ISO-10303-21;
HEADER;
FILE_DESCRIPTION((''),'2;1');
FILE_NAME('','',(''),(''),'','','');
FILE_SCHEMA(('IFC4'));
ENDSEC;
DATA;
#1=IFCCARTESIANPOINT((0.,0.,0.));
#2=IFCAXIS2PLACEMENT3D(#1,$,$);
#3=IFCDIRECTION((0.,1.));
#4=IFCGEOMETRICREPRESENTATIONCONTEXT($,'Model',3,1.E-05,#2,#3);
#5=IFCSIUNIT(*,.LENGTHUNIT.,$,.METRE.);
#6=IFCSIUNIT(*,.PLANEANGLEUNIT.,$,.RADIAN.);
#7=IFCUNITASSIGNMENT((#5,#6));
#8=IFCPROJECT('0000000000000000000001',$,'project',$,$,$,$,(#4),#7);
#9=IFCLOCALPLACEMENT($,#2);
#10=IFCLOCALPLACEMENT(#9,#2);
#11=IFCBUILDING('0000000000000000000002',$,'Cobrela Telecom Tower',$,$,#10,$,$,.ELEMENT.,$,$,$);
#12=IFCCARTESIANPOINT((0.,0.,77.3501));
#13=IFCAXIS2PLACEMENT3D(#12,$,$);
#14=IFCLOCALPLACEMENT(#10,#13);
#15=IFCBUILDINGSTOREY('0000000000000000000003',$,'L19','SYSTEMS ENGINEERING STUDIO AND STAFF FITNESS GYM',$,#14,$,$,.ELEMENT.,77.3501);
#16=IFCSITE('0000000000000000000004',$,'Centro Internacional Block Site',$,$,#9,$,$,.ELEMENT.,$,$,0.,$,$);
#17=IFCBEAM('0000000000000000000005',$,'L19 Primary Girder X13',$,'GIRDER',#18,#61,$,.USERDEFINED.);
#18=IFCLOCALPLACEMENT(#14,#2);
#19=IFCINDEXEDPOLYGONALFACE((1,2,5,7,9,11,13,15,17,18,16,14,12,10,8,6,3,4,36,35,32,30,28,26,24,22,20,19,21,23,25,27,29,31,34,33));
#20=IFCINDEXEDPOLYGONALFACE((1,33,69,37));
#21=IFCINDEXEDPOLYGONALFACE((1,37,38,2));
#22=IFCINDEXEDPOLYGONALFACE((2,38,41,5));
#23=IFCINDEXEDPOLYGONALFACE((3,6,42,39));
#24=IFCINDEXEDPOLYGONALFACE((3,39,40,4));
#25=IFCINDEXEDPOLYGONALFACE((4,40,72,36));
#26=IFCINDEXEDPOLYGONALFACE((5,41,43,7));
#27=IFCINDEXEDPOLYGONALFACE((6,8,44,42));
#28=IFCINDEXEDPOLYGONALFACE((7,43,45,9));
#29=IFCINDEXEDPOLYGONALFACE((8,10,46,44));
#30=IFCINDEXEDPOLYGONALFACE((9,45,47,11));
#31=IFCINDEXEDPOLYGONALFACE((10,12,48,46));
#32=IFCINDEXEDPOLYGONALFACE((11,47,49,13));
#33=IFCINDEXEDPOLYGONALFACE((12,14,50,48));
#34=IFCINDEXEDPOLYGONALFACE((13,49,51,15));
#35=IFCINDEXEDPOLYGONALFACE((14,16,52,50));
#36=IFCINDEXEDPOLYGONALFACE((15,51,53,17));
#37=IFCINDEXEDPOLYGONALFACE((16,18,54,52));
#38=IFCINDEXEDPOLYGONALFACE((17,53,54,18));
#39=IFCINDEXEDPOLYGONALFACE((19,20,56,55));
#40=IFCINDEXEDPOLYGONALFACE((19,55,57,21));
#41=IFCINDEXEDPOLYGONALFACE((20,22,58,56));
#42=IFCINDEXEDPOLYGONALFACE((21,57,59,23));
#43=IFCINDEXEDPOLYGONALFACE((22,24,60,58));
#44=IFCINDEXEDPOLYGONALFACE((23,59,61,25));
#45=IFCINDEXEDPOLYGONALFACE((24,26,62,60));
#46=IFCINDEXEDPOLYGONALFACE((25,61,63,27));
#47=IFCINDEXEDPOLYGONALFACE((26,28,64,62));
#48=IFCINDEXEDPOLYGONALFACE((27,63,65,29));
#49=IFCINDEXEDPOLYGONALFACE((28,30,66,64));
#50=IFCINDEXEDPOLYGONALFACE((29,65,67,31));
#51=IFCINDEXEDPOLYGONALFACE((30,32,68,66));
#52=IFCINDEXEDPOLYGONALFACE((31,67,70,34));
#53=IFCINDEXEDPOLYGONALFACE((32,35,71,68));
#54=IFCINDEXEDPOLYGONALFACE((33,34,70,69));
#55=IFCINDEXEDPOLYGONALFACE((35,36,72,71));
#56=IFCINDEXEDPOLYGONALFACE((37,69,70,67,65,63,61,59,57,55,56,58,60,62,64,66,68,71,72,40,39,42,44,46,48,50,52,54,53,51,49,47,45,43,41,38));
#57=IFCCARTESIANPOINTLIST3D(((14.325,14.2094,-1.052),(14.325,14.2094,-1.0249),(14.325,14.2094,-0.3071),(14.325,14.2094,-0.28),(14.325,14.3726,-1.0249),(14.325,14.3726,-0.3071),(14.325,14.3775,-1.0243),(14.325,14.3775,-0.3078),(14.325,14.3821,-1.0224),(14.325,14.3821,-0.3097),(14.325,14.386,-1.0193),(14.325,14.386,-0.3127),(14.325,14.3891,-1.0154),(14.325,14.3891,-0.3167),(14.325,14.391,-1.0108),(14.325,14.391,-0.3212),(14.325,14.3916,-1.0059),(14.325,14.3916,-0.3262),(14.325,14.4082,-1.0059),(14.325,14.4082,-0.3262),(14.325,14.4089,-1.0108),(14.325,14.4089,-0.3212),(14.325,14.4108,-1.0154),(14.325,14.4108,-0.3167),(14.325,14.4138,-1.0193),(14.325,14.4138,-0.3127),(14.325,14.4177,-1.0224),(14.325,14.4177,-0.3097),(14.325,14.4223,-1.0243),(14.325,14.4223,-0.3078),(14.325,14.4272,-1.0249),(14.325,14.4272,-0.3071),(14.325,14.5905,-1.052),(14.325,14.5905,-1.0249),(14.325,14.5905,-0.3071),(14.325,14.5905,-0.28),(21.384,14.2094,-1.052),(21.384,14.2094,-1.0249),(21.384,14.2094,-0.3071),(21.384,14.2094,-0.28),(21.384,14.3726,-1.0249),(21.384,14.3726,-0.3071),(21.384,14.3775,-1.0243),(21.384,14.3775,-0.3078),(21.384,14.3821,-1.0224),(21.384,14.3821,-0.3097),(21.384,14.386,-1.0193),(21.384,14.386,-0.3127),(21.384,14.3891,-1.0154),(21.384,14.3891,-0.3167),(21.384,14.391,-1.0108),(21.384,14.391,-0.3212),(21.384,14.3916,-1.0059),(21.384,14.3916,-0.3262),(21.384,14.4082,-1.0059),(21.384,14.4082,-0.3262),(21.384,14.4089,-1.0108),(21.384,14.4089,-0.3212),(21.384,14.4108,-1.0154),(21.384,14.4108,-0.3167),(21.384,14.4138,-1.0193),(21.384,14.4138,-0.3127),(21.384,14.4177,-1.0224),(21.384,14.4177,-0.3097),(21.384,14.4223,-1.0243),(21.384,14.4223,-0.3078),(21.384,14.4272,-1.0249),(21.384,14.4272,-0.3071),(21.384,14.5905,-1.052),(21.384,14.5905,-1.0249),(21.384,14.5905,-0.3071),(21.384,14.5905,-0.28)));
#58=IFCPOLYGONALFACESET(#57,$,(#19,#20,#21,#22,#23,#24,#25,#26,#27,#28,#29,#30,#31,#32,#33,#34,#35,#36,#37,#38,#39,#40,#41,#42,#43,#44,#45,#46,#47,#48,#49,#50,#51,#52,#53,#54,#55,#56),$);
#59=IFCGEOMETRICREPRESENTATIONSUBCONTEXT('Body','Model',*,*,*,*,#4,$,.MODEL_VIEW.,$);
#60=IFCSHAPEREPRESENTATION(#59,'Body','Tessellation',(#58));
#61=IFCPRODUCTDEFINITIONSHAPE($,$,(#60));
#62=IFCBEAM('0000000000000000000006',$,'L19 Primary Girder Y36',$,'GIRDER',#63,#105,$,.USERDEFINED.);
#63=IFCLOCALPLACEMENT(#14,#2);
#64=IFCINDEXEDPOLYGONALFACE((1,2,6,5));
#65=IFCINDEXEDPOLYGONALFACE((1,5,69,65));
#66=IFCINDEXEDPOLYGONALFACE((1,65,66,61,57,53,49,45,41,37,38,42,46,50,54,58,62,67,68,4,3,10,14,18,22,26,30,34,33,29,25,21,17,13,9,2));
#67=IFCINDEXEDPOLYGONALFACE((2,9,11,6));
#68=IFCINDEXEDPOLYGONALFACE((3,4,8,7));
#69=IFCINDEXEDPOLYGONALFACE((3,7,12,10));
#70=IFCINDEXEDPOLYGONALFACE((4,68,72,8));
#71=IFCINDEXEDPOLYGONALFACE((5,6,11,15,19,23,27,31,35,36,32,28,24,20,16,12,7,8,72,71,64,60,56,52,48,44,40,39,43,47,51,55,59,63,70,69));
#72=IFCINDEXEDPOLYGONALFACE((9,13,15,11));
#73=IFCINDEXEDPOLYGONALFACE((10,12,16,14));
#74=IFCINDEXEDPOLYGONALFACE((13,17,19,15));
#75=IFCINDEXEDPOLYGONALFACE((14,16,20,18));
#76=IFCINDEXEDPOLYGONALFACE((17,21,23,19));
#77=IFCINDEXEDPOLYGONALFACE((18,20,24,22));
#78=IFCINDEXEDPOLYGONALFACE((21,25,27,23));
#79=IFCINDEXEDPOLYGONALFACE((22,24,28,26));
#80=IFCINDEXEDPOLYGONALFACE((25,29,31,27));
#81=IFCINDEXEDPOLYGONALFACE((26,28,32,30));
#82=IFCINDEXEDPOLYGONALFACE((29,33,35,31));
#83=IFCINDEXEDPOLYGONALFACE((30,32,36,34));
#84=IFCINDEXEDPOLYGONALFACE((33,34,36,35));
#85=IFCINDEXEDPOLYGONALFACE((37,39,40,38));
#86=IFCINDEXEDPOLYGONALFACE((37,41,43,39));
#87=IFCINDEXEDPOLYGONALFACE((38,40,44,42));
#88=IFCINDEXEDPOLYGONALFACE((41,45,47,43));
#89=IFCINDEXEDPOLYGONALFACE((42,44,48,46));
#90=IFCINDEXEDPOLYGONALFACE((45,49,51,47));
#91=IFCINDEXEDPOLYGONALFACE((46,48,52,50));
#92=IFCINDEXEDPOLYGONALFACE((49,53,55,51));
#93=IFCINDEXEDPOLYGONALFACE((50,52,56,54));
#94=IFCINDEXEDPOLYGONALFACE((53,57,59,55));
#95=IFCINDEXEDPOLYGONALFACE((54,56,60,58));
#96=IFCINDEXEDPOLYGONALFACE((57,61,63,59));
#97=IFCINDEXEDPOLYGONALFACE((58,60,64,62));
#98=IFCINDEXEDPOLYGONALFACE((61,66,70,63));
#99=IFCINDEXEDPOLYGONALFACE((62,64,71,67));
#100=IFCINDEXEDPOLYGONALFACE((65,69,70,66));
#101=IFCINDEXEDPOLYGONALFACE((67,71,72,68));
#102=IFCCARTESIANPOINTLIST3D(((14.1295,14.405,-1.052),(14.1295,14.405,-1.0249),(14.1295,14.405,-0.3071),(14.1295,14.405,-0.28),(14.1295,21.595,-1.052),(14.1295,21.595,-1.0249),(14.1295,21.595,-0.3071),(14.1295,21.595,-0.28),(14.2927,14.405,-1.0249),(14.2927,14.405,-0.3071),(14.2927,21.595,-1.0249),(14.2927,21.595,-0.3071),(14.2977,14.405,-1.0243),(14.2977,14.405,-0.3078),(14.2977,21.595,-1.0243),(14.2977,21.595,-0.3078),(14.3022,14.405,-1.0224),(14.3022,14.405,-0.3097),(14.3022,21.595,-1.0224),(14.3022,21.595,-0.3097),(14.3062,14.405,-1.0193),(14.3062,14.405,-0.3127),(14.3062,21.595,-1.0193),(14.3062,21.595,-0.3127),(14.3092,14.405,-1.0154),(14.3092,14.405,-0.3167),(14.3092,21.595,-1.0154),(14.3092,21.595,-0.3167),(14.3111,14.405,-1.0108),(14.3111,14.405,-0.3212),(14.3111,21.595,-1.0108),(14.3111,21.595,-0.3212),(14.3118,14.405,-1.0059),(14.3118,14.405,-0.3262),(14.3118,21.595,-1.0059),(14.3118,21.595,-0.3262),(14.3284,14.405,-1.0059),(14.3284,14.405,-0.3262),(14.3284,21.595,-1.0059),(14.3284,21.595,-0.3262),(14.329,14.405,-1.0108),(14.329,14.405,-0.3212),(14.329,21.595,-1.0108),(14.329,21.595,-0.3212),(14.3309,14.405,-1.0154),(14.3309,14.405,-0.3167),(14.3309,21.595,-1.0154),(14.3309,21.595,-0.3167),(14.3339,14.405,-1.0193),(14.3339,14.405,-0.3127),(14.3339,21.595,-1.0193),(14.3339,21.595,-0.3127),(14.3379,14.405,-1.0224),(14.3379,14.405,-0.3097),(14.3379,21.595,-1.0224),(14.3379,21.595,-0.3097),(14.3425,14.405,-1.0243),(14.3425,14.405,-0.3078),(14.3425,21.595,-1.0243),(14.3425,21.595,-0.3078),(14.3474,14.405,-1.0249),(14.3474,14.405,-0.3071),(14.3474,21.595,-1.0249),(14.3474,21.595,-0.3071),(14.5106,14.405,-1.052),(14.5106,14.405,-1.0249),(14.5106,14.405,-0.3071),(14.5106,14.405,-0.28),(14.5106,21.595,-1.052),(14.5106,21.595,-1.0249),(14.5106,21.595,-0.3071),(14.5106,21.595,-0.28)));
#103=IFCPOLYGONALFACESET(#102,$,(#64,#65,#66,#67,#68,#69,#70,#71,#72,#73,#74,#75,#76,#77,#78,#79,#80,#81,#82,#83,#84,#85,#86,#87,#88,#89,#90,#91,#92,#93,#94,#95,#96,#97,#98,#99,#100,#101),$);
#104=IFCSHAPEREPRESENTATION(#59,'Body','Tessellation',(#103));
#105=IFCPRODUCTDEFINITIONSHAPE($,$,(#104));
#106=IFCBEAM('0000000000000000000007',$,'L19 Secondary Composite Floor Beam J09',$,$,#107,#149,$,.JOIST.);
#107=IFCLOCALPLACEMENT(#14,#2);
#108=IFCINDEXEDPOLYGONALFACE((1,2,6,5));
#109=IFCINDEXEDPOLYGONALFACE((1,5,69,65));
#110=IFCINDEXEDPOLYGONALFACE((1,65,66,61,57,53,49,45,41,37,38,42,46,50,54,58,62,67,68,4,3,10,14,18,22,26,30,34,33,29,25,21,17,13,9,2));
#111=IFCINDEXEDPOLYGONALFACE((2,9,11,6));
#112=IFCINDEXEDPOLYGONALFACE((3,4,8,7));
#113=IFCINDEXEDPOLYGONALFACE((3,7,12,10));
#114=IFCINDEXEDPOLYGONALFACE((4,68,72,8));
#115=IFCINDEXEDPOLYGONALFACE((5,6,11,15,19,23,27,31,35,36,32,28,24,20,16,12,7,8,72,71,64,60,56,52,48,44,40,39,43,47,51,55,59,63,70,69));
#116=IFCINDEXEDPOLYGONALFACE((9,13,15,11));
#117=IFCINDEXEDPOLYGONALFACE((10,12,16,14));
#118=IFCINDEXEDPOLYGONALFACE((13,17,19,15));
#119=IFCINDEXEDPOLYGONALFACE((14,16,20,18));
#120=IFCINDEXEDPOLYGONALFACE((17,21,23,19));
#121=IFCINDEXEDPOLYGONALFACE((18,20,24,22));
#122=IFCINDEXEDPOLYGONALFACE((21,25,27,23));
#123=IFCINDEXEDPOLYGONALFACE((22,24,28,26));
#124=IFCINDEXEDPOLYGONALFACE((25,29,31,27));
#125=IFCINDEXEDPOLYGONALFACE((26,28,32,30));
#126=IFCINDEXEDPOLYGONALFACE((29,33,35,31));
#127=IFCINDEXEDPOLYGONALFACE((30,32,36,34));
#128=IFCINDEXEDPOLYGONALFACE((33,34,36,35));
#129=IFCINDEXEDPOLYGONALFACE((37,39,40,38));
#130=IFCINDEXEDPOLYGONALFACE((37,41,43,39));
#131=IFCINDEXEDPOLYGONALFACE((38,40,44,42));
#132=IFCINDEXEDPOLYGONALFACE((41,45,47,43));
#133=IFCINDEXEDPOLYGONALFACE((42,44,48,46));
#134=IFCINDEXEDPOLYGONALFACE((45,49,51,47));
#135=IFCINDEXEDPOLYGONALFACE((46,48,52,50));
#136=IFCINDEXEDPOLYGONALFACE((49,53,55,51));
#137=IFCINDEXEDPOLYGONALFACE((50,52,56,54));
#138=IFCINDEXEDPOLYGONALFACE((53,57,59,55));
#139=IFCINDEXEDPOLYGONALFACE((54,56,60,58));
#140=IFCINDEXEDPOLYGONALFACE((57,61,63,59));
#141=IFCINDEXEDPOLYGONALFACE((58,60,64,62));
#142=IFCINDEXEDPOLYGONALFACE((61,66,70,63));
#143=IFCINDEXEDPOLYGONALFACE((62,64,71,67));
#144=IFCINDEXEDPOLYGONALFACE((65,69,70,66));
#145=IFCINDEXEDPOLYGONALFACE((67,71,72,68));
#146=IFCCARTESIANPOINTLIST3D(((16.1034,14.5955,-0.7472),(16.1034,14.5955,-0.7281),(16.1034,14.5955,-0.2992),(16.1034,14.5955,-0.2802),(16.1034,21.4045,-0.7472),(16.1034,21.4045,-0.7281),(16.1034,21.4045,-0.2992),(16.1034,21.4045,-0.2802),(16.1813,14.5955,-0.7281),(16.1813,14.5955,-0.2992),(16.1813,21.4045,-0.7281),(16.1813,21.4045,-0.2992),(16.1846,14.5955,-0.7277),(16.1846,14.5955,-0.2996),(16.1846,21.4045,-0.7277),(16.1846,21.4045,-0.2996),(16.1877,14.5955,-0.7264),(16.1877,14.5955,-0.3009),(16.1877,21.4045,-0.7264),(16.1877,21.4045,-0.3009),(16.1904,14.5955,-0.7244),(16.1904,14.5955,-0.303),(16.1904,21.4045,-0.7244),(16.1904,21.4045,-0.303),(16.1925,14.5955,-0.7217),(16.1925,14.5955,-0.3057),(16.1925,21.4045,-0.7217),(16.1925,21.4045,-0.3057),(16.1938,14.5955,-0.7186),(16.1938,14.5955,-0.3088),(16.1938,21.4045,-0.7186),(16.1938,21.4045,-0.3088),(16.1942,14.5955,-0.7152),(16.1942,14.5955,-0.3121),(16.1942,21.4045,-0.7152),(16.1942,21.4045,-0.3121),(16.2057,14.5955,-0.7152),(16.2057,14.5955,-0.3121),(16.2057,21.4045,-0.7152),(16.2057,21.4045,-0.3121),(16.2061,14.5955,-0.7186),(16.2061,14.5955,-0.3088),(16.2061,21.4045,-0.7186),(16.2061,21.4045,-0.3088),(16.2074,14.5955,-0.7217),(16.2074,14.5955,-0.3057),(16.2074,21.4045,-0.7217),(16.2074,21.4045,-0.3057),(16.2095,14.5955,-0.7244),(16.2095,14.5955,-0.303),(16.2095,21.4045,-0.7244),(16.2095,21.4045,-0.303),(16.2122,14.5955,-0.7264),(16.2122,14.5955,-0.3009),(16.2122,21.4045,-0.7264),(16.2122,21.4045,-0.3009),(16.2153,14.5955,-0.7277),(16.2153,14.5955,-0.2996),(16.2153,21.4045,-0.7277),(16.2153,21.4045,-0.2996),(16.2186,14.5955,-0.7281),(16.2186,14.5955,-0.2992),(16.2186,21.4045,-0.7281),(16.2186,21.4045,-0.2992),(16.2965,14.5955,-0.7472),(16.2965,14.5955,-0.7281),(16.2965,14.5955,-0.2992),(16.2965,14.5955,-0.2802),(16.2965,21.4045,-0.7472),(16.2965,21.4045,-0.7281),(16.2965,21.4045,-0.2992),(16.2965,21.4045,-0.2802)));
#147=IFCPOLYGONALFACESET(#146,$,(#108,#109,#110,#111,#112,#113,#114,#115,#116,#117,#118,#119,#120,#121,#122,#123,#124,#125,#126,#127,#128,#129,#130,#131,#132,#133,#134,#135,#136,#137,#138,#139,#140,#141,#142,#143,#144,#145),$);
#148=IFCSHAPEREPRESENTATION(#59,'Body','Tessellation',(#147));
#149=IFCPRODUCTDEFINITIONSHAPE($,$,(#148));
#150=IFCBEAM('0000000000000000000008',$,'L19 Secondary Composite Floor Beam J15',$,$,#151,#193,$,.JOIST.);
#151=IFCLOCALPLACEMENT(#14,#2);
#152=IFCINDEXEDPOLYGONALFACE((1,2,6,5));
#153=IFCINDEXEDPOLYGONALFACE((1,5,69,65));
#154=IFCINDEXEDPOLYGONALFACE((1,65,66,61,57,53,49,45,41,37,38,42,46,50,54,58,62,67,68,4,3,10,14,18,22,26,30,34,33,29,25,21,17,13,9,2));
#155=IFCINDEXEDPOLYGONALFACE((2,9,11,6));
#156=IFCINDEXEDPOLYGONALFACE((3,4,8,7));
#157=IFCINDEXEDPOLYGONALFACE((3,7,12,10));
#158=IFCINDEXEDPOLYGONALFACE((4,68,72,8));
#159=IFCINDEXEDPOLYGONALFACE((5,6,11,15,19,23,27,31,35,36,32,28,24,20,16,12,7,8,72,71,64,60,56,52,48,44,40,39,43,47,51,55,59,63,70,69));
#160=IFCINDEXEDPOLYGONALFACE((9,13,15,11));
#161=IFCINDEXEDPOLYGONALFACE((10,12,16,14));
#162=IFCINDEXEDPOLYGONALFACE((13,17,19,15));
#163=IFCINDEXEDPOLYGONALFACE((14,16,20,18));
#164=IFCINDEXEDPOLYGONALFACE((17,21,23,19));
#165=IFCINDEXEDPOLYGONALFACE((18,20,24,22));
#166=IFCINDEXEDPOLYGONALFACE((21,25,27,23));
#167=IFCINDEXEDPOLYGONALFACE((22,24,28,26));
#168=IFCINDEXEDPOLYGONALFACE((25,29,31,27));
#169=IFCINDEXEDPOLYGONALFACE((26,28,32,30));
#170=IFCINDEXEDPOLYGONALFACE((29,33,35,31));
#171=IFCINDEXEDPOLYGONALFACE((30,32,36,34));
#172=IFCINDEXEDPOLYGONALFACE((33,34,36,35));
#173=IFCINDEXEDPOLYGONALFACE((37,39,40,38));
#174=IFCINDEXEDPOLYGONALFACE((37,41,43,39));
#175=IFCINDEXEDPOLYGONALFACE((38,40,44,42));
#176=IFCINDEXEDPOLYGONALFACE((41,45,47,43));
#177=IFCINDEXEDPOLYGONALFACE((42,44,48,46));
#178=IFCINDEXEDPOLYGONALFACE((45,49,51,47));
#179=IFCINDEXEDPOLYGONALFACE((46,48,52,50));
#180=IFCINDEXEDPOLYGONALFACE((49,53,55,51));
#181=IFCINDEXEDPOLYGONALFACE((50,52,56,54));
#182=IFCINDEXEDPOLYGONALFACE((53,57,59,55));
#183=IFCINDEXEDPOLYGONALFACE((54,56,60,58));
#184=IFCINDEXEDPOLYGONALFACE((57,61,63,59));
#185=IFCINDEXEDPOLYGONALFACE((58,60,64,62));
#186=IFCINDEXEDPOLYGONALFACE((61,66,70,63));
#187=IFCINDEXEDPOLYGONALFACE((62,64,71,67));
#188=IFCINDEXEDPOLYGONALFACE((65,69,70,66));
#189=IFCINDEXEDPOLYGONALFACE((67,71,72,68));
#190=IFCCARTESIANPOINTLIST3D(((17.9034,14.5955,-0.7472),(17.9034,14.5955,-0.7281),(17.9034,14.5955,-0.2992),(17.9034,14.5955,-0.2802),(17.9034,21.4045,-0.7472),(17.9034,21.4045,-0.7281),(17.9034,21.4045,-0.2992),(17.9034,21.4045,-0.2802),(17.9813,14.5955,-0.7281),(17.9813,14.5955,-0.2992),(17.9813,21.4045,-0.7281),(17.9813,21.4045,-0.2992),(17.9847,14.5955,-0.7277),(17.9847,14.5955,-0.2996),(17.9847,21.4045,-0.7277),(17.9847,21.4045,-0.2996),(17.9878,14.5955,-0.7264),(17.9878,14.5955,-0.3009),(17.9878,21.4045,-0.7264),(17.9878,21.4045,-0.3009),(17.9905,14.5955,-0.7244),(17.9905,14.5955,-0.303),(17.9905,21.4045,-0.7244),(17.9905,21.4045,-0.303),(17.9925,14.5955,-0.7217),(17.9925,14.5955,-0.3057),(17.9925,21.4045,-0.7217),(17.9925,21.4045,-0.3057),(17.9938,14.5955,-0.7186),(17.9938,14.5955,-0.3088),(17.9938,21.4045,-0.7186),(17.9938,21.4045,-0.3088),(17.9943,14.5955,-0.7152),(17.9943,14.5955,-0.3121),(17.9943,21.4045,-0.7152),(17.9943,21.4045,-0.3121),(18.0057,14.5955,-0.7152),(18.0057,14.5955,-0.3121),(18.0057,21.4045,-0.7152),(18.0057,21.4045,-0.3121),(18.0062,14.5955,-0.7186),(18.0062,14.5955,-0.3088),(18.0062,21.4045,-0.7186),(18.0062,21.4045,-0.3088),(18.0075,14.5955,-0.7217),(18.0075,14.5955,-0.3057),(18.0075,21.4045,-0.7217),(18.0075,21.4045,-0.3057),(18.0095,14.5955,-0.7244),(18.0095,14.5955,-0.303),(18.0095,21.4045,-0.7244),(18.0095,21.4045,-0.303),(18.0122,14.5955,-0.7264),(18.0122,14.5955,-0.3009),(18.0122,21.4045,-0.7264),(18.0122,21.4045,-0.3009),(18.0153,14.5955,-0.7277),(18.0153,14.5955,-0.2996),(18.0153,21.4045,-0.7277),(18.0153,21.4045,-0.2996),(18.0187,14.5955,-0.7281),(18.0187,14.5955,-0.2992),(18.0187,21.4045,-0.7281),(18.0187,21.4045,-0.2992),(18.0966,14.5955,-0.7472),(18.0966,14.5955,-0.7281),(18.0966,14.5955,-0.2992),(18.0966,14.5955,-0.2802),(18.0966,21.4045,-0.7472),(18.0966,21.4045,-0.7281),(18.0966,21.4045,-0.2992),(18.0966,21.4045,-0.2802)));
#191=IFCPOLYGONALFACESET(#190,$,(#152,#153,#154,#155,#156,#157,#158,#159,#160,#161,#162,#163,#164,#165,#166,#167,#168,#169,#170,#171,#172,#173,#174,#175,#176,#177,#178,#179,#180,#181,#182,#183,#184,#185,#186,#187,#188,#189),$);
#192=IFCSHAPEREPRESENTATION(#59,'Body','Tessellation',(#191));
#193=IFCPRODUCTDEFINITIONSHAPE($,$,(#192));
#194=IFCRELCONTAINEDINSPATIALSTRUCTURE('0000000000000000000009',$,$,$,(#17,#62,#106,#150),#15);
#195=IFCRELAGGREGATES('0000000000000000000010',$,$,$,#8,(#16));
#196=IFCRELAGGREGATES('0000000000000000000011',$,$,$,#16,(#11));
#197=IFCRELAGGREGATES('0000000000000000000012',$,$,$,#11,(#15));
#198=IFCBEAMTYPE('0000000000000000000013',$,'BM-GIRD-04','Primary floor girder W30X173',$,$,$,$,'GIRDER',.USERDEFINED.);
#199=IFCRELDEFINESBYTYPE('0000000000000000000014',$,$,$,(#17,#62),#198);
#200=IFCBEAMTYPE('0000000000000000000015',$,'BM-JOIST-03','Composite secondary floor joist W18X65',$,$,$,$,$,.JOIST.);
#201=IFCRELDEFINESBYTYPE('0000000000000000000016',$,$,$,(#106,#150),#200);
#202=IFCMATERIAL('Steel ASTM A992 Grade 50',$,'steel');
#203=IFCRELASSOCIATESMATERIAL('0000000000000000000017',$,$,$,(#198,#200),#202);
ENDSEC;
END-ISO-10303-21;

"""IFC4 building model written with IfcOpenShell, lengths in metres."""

from ifc_helpers import new_model, si_unit, direction, frame, origin, origin_2d, place, context, subcontext, project, spatial, i_section, extrude, material, material_profile, profile_set, type_object, element, save


model = new_model("IFC4")

# Units and contexts
model_context = context("Model", 3, precision=1e-05, world=origin(), true_north=direction((0.0, 1.0)))
body_context = subcontext(model_context, "Body", "Model", "MODEL_VIEW")
ifc_project = project(units=[si_unit("LENGTHUNIT", "METRE"), si_unit("PLANEANGLEUNIT", "RADIAN")], contexts=[model_context])

# Site, building, storey
site_placement = place(None, origin())
site = spatial("IfcSite", under=ifc_project, at=site_placement, Name="Centro Internacional Block Site", CompositionType="ELEMENT", RefElevation=0.0)
building_placement = place(site_placement, origin())
building = spatial("IfcBuilding", under=site, at=building_placement, Name="Cobrela Telecom Tower", CompositionType="ELEMENT")
storey_placement = place(building_placement, frame((0.0, 0.0, 77.3501)))
storey = spatial("IfcBuildingStorey", under=building, at=storey_placement, Name="L19", Description="SYSTEMS ENGINEERING STUDIO AND STAFF FITNESS GYM", CompositionType="ELEMENT", Elevation=77.3501)

# Beams
ifc_material_1 = material(Name="Steel ASTM A992 Grade 50", Category="steel")
ifc_material_profile_1 = material_profile(ifc_material_1, i_section(OverallWidth=0.3811, OverallDepth=0.772, WebThickness=0.0166, FlangeThickness=0.0271, FilletRadius=0.019, at=origin_2d()), Name="W30X173")
ifc_profile_set_1 = profile_set([ifc_material_profile_1], Name="Steel ASTM A992 Grade 50")
beam_type_1 = type_object("IfcBeamType", Name="BM-GIRD-04", Description="Primary floor girder W30X173", ElementType="GIRDER", PredefinedType="USERDEFINED", material=ifc_profile_set_1)
beam_1_placement = place(storey_placement, frame((14.325, 14.3999, -0.666), z_axis=(1.0, 0.0, 0.0), x_axis=(0.0, 1.0, 0.0)))
element("IfcBeam", 1, at=beam_1_placement, inside=storey, type_object=beam_type_1, Name="L19 Primary Girder X13", ObjectType="GIRDER", PredefinedType="USERDEFINED", context=body_context, shape_type="SweptSolid", body=[
    extrude(i_section(OverallWidth=0.3811, OverallDepth=0.772, WebThickness=0.0166, FlangeThickness=0.0271, FilletRadius=0.019, at=origin_2d()), origin(), (0.0, 0.0, 1.0), 7.0591),
])
beam_2_placement = place(storey_placement, frame((14.3201, 14.405, -0.666), z_axis=(0.0, 1.0, 0.0), x_axis=(-1.0, 0.0, 0.0)))
element("IfcBeam", 2, at=beam_2_placement, inside=storey, type_object=beam_type_1, Name="L19 Primary Girder Y36", ObjectType="GIRDER", PredefinedType="USERDEFINED", context=body_context, shape_type="SweptSolid", body=[
    extrude(i_section(OverallWidth=0.3811, OverallDepth=0.772, WebThickness=0.0166, FlangeThickness=0.0271, FilletRadius=0.019, at=origin_2d()), origin(), (0.0, 0.0, 1.0), 7.1899),
])
ifc_material_profile_2 = material_profile(ifc_material_1, i_section(OverallWidth=0.1931, OverallDepth=0.467, WebThickness=0.0115, FlangeThickness=0.019, FilletRadius=0.0129, at=origin_2d()), Name="W18X65")
ifc_profile_set_2 = profile_set([ifc_material_profile_2], Name="Steel ASTM A992 Grade 50")
beam_type_2 = type_object("IfcBeamType", Name="BM-JOIST-03", Description="Composite secondary floor joist W18X65", PredefinedType="JOIST", material=ifc_profile_set_2)
for number, where, z_axis, x_axis, name in (
    (3, (16.2, 14.5955, -0.5137), (0.0, 1.0, 0.0), (-1.0, 0.0, 0.0), "L19 Secondary Composite Floor Beam J09"),
    (4, (18.0, 14.5955, -0.5137), (0.0, 1.0, 0.0), (-1.0, 0.0, 0.0), "L19 Secondary Composite Floor Beam J15"),
):
    element("IfcBeam", number, at=place(storey_placement, frame(where, z_axis=z_axis, x_axis=x_axis)), inside=storey, type_object=beam_type_2, Name=name, PredefinedType="JOIST", context=body_context, shape_type="SweptSolid", body=[
        extrude(i_section(OverallWidth=0.1931, OverallDepth=0.467, WebThickness=0.0115, FlangeThickness=0.019, FilletRadius=0.0129, at=origin_2d()), origin(), (0.0, 0.0, 1.0), 6.8091),
    ])

save(model, "model.ifc")
